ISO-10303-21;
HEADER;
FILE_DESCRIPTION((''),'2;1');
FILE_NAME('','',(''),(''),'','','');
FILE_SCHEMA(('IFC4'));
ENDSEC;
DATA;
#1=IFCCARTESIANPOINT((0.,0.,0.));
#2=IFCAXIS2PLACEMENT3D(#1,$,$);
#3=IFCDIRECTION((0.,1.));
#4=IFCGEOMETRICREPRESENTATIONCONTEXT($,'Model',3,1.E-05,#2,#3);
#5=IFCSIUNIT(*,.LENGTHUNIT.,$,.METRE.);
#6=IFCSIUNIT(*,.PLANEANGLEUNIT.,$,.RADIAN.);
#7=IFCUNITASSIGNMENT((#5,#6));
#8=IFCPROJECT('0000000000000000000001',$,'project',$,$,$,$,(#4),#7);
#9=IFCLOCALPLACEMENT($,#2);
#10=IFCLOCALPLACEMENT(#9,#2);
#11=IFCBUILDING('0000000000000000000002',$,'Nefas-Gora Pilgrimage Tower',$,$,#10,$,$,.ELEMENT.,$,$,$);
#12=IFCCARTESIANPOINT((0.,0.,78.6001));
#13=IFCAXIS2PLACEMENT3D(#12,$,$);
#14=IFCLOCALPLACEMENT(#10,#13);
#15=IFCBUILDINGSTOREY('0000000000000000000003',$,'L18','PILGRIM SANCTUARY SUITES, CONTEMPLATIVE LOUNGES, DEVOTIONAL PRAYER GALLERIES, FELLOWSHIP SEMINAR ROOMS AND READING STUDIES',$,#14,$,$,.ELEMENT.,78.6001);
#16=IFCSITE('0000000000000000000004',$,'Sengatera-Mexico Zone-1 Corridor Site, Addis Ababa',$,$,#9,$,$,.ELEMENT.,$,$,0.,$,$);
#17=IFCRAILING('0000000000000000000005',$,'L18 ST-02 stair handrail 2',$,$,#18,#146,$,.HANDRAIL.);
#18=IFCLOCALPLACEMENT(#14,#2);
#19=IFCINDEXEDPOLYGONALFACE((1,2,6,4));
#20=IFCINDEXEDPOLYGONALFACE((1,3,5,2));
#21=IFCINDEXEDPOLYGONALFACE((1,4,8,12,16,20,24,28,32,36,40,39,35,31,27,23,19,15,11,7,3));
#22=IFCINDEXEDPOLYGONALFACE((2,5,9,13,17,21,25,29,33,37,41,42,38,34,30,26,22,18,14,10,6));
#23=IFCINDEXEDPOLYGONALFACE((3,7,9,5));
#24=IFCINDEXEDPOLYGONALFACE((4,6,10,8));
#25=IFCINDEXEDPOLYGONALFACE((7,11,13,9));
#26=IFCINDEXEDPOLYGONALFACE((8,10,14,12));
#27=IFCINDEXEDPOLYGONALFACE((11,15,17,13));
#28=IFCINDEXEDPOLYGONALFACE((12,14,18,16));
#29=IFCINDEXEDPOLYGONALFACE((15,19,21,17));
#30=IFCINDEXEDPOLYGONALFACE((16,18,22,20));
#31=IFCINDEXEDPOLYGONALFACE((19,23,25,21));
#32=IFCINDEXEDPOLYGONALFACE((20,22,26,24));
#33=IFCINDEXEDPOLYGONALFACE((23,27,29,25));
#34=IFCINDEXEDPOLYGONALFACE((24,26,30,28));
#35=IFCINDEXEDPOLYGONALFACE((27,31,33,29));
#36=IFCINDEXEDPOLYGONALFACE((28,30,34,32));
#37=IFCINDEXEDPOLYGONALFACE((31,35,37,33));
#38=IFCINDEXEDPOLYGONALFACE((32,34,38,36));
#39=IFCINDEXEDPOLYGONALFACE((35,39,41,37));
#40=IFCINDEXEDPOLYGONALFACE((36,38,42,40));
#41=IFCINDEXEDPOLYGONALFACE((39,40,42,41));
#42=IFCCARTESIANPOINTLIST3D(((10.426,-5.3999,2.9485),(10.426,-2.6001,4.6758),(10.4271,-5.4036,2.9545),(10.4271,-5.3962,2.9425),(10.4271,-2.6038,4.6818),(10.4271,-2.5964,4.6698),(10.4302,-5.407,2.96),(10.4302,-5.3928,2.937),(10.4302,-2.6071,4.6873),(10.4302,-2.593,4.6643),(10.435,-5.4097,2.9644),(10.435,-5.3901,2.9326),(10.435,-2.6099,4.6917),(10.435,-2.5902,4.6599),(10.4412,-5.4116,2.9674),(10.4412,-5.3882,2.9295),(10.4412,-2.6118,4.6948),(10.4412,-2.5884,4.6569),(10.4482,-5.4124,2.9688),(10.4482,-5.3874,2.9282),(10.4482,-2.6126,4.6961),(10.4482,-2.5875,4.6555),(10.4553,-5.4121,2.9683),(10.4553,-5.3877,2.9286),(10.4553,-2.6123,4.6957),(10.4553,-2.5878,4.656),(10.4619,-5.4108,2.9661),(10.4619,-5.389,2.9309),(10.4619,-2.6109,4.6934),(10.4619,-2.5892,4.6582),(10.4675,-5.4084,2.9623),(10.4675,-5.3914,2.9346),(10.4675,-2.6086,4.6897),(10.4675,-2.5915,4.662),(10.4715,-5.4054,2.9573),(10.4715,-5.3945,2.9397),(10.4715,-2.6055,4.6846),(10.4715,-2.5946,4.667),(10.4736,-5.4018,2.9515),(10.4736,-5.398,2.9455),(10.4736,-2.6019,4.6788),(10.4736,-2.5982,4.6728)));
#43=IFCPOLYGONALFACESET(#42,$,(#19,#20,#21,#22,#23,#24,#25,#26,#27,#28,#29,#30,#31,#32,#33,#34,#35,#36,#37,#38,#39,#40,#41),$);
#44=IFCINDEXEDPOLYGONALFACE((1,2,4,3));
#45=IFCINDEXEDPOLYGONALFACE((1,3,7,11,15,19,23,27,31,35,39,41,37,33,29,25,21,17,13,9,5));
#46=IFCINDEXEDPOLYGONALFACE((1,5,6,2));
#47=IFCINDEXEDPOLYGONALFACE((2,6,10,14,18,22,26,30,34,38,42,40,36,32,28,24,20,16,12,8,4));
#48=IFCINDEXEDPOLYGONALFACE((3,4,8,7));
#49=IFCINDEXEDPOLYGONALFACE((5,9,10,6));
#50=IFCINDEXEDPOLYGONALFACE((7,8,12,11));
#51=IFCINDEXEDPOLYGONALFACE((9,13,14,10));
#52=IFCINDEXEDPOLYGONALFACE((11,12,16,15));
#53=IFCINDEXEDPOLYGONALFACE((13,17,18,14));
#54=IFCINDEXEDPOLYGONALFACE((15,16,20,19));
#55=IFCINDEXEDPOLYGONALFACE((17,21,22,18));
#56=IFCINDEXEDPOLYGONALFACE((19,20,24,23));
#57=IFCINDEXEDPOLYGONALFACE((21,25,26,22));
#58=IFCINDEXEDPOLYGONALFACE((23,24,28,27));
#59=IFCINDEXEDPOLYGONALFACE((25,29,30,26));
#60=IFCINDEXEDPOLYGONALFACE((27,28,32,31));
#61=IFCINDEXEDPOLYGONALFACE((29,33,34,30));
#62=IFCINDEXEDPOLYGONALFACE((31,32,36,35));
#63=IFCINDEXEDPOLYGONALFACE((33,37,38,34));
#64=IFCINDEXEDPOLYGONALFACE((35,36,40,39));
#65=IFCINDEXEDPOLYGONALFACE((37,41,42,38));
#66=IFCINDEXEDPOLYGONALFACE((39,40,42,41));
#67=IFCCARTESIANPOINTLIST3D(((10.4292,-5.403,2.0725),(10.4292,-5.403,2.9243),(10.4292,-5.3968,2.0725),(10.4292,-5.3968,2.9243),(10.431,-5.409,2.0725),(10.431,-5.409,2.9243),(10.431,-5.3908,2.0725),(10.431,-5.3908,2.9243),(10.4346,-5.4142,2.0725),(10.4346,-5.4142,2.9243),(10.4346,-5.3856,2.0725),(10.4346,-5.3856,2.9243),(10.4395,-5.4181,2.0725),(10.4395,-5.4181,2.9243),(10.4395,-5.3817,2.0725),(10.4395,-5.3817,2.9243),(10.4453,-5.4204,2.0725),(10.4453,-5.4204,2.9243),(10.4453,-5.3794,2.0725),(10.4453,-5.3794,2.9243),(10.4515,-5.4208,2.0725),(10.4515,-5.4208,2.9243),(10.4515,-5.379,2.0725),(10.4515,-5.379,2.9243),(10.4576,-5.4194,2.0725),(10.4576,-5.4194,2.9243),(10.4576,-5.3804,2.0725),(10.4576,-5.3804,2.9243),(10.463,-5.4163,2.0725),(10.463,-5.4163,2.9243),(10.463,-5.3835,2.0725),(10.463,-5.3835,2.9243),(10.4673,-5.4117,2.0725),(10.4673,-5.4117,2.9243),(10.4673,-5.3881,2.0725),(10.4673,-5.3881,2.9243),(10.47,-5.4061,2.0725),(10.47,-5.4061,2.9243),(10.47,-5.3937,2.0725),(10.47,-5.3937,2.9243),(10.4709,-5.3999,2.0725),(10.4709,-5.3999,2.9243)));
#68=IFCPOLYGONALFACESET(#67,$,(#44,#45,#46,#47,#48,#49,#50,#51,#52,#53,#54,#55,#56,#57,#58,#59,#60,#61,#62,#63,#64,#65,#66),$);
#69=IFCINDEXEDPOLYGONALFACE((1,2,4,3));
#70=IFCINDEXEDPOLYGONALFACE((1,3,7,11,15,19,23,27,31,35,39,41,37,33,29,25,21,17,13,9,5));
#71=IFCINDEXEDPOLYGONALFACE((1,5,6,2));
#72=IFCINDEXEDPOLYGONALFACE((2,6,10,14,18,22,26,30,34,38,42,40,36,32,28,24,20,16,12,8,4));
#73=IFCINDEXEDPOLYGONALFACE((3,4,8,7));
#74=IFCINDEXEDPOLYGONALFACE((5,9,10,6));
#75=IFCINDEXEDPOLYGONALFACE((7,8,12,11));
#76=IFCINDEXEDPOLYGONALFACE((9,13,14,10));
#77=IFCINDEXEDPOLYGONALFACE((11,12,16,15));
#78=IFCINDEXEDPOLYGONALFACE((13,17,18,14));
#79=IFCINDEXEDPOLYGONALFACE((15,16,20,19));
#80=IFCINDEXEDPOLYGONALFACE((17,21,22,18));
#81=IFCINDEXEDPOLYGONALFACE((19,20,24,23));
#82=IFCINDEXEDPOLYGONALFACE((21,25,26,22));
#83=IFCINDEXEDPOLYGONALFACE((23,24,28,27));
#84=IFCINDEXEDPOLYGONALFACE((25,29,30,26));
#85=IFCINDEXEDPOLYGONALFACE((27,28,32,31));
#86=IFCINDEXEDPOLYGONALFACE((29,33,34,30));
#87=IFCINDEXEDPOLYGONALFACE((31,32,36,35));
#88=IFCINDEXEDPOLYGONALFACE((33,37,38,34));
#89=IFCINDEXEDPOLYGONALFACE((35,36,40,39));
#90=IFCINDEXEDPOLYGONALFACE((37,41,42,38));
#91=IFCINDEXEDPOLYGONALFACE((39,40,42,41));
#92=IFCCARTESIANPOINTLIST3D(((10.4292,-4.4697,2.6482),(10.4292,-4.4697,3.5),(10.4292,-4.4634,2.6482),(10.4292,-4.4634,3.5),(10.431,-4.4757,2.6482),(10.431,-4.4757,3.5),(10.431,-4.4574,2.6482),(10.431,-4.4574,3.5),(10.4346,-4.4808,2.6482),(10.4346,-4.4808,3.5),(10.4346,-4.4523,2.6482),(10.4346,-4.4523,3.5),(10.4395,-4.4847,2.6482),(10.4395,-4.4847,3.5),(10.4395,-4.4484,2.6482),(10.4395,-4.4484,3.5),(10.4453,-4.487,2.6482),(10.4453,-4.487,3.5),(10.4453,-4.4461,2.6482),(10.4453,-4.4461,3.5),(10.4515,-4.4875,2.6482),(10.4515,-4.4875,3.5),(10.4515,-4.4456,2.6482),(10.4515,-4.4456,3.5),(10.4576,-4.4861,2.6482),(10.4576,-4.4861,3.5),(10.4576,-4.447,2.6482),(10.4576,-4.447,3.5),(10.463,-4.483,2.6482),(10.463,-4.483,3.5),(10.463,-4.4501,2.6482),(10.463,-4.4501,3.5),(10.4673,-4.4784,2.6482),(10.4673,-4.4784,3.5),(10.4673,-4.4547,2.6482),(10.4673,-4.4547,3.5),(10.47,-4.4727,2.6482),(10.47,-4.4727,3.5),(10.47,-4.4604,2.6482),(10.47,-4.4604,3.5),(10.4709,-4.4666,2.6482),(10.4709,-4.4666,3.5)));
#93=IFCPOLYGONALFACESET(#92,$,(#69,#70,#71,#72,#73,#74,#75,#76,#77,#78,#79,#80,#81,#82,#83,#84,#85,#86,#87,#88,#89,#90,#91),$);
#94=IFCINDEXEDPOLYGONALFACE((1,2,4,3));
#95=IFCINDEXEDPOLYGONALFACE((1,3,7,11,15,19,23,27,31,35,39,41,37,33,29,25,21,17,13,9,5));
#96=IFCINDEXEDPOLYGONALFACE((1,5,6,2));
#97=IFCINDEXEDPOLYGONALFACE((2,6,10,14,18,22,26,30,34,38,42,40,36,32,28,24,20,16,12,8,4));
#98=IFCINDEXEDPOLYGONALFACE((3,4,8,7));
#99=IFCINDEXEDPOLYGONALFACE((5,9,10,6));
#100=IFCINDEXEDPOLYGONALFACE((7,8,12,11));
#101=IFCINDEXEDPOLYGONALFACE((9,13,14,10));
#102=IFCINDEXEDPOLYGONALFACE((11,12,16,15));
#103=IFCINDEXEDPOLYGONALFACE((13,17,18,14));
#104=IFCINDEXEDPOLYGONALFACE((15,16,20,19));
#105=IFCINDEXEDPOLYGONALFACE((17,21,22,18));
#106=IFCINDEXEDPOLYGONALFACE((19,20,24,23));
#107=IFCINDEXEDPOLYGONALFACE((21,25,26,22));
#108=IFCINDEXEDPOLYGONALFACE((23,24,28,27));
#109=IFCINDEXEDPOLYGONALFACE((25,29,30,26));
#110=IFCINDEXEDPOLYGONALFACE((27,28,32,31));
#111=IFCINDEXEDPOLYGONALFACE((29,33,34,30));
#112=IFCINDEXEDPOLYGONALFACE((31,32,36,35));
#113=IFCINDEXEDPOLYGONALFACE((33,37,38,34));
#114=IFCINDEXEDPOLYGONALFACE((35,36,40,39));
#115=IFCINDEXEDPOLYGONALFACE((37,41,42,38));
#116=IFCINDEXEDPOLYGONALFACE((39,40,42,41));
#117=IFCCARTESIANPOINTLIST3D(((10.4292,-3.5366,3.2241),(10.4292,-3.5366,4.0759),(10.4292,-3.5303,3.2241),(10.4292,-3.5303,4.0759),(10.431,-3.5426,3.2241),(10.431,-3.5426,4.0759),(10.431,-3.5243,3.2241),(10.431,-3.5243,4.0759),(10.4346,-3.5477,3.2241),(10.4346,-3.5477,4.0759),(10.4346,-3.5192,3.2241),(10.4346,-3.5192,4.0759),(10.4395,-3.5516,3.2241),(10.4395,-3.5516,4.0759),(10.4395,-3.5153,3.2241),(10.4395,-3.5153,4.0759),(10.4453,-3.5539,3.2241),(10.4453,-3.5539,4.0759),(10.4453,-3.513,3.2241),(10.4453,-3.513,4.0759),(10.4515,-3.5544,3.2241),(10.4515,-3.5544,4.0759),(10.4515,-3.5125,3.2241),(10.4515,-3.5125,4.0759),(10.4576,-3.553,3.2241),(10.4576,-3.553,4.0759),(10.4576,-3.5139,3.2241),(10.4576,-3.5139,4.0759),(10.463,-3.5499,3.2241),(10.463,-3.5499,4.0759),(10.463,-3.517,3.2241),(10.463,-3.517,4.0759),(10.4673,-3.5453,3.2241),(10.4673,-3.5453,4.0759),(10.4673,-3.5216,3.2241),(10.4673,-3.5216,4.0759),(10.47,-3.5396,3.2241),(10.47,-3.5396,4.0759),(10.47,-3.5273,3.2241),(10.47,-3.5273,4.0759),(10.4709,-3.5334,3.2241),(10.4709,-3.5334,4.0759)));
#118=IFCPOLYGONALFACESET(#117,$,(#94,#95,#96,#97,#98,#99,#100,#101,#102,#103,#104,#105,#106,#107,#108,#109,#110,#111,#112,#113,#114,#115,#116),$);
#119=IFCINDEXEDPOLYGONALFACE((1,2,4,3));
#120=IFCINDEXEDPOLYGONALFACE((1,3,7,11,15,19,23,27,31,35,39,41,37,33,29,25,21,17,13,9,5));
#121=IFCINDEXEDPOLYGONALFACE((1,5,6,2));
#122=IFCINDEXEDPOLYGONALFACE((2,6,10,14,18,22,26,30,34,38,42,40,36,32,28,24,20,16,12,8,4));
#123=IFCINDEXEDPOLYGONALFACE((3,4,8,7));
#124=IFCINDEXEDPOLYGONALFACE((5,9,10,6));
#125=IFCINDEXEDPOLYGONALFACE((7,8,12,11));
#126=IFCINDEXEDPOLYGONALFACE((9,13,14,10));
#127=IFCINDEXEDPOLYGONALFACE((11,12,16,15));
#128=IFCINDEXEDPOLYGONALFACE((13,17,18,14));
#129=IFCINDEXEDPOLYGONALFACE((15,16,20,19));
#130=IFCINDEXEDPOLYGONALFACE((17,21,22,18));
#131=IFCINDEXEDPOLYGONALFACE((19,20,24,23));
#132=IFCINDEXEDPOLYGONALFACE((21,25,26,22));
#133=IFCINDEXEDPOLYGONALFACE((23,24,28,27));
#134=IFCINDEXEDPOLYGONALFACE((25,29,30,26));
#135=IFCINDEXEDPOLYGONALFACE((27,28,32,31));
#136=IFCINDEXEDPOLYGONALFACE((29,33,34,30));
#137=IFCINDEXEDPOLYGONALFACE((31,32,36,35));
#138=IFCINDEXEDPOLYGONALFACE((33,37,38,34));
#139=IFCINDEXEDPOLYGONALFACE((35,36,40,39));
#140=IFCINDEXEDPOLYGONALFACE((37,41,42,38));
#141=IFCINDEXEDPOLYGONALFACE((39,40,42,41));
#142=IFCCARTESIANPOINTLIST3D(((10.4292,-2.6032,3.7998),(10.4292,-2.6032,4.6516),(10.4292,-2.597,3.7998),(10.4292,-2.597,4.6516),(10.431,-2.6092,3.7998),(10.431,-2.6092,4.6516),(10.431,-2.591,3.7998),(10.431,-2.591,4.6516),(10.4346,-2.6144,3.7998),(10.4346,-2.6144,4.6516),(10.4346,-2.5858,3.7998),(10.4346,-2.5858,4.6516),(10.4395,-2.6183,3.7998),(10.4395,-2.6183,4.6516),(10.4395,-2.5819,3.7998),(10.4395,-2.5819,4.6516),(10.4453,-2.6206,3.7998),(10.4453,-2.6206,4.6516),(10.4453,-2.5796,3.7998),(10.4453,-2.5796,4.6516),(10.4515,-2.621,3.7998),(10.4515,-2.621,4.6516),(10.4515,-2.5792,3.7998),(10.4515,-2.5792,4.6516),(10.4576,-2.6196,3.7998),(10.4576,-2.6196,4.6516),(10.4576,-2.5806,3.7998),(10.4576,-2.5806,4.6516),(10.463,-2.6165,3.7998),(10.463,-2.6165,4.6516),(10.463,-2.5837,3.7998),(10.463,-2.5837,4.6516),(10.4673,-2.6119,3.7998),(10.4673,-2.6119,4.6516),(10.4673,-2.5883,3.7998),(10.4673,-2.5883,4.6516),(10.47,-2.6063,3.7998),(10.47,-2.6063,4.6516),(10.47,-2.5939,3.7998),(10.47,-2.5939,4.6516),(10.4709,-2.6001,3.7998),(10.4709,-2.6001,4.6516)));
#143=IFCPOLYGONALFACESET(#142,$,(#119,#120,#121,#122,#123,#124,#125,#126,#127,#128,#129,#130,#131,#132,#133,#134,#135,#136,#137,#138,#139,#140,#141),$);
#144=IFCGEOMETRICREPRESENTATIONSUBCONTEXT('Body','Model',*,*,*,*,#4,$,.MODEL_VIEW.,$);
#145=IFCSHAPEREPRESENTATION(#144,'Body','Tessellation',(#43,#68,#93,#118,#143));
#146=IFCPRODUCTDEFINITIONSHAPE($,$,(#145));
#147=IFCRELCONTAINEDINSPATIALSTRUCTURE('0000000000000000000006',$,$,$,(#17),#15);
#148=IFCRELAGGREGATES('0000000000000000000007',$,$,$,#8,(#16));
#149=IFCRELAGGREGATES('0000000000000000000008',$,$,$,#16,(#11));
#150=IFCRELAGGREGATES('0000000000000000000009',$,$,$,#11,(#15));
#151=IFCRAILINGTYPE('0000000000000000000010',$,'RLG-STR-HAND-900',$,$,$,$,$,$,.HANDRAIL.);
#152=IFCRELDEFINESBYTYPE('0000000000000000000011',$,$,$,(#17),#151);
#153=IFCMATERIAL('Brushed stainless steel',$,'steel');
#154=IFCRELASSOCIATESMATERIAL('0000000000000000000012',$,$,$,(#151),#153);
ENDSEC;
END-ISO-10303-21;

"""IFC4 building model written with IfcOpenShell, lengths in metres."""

from ifc_helpers import new_model, si_unit, direction, frame, origin, origin_2d, place, context, subcontext, project, spatial, circle, extrude, material, type_object, element, save


model = new_model("IFC4")

# Units and contexts
model_context = context("Model", 3, precision=1e-05, world=origin(), true_north=direction((0.0, 1.0)))
body_context = subcontext(model_context, "Body", "Model", "MODEL_VIEW")
ifc_project = project(units=[si_unit("LENGTHUNIT", "METRE"), si_unit("PLANEANGLEUNIT", "RADIAN")], contexts=[model_context])

# Site, building, storey
site_placement = place(None, origin())
site = spatial("IfcSite", under=ifc_project, at=site_placement, Name="Sengatera-Mexico Zone-1 Corridor Site, Addis Ababa", CompositionType="ELEMENT", RefElevation=0.0)
building_placement = place(site_placement, origin())
building = spatial("IfcBuilding", under=site, at=building_placement, Name="Nefas-Gora Pilgrimage Tower", CompositionType="ELEMENT")
storey_placement = place(building_placement, frame((0.0, 0.0, 78.6001)))
storey = spatial("IfcBuildingStorey", under=building, at=storey_placement, Name="L18", Description="PILGRIM SANCTUARY SUITES, CONTEMPLATIVE LOUNGES, DEVOTIONAL PRAYER GALLERIES, FELLOWSHIP SEMINAR ROOMS AND READING STUDIES", CompositionType="ELEMENT", Elevation=78.6001)

# Railing
ifc_material_1 = material(Name="Brushed stainless steel", Category="steel")
railing_type_1 = type_object("IfcRailingType", Name="RLG-STR-HAND-900", PredefinedType="HANDRAIL", material=ifc_material_1)
railing_1_placement = place(storey_placement, frame((10.45, -5.3999, 2.0725)))
element("IfcRailing", 1, at=railing_1_placement, inside=storey, type_object=railing_type_1, Name="L18 ST-02 stair handrail 2", PredefinedType="HANDRAIL", context=body_context, shape_type="SweptSolid", body=[
    extrude(circle(Radius=0.0239, at=origin_2d()), frame((0.0, 0.0, 0.876), z_axis=(0.0, 0.851069, 0.525054), x_axis=(-1.0, 0.0, 0.0)), (0.0, 0.0, 1.0), 3.2898),
    extrude(circle(Radius=0.021, at=origin_2d()), origin(), (0.0, 0.0, 1.0), 0.8518),
    extrude(circle(Radius=0.021, at=origin_2d()), frame((0.0, 0.9333, 0.5757)), (0.0, 0.0, 1.0), 0.8518),
    extrude(circle(Radius=0.021, at=origin_2d()), frame((0.0, 1.8665, 1.1516)), (0.0, 0.0, 1.0), 0.8518),
    extrude(circle(Radius=0.021, at=origin_2d()), frame((0.0, 2.7998, 1.7273)), (0.0, 0.0, 1.0), 0.8518),
])

save(model, "model.ifc")
